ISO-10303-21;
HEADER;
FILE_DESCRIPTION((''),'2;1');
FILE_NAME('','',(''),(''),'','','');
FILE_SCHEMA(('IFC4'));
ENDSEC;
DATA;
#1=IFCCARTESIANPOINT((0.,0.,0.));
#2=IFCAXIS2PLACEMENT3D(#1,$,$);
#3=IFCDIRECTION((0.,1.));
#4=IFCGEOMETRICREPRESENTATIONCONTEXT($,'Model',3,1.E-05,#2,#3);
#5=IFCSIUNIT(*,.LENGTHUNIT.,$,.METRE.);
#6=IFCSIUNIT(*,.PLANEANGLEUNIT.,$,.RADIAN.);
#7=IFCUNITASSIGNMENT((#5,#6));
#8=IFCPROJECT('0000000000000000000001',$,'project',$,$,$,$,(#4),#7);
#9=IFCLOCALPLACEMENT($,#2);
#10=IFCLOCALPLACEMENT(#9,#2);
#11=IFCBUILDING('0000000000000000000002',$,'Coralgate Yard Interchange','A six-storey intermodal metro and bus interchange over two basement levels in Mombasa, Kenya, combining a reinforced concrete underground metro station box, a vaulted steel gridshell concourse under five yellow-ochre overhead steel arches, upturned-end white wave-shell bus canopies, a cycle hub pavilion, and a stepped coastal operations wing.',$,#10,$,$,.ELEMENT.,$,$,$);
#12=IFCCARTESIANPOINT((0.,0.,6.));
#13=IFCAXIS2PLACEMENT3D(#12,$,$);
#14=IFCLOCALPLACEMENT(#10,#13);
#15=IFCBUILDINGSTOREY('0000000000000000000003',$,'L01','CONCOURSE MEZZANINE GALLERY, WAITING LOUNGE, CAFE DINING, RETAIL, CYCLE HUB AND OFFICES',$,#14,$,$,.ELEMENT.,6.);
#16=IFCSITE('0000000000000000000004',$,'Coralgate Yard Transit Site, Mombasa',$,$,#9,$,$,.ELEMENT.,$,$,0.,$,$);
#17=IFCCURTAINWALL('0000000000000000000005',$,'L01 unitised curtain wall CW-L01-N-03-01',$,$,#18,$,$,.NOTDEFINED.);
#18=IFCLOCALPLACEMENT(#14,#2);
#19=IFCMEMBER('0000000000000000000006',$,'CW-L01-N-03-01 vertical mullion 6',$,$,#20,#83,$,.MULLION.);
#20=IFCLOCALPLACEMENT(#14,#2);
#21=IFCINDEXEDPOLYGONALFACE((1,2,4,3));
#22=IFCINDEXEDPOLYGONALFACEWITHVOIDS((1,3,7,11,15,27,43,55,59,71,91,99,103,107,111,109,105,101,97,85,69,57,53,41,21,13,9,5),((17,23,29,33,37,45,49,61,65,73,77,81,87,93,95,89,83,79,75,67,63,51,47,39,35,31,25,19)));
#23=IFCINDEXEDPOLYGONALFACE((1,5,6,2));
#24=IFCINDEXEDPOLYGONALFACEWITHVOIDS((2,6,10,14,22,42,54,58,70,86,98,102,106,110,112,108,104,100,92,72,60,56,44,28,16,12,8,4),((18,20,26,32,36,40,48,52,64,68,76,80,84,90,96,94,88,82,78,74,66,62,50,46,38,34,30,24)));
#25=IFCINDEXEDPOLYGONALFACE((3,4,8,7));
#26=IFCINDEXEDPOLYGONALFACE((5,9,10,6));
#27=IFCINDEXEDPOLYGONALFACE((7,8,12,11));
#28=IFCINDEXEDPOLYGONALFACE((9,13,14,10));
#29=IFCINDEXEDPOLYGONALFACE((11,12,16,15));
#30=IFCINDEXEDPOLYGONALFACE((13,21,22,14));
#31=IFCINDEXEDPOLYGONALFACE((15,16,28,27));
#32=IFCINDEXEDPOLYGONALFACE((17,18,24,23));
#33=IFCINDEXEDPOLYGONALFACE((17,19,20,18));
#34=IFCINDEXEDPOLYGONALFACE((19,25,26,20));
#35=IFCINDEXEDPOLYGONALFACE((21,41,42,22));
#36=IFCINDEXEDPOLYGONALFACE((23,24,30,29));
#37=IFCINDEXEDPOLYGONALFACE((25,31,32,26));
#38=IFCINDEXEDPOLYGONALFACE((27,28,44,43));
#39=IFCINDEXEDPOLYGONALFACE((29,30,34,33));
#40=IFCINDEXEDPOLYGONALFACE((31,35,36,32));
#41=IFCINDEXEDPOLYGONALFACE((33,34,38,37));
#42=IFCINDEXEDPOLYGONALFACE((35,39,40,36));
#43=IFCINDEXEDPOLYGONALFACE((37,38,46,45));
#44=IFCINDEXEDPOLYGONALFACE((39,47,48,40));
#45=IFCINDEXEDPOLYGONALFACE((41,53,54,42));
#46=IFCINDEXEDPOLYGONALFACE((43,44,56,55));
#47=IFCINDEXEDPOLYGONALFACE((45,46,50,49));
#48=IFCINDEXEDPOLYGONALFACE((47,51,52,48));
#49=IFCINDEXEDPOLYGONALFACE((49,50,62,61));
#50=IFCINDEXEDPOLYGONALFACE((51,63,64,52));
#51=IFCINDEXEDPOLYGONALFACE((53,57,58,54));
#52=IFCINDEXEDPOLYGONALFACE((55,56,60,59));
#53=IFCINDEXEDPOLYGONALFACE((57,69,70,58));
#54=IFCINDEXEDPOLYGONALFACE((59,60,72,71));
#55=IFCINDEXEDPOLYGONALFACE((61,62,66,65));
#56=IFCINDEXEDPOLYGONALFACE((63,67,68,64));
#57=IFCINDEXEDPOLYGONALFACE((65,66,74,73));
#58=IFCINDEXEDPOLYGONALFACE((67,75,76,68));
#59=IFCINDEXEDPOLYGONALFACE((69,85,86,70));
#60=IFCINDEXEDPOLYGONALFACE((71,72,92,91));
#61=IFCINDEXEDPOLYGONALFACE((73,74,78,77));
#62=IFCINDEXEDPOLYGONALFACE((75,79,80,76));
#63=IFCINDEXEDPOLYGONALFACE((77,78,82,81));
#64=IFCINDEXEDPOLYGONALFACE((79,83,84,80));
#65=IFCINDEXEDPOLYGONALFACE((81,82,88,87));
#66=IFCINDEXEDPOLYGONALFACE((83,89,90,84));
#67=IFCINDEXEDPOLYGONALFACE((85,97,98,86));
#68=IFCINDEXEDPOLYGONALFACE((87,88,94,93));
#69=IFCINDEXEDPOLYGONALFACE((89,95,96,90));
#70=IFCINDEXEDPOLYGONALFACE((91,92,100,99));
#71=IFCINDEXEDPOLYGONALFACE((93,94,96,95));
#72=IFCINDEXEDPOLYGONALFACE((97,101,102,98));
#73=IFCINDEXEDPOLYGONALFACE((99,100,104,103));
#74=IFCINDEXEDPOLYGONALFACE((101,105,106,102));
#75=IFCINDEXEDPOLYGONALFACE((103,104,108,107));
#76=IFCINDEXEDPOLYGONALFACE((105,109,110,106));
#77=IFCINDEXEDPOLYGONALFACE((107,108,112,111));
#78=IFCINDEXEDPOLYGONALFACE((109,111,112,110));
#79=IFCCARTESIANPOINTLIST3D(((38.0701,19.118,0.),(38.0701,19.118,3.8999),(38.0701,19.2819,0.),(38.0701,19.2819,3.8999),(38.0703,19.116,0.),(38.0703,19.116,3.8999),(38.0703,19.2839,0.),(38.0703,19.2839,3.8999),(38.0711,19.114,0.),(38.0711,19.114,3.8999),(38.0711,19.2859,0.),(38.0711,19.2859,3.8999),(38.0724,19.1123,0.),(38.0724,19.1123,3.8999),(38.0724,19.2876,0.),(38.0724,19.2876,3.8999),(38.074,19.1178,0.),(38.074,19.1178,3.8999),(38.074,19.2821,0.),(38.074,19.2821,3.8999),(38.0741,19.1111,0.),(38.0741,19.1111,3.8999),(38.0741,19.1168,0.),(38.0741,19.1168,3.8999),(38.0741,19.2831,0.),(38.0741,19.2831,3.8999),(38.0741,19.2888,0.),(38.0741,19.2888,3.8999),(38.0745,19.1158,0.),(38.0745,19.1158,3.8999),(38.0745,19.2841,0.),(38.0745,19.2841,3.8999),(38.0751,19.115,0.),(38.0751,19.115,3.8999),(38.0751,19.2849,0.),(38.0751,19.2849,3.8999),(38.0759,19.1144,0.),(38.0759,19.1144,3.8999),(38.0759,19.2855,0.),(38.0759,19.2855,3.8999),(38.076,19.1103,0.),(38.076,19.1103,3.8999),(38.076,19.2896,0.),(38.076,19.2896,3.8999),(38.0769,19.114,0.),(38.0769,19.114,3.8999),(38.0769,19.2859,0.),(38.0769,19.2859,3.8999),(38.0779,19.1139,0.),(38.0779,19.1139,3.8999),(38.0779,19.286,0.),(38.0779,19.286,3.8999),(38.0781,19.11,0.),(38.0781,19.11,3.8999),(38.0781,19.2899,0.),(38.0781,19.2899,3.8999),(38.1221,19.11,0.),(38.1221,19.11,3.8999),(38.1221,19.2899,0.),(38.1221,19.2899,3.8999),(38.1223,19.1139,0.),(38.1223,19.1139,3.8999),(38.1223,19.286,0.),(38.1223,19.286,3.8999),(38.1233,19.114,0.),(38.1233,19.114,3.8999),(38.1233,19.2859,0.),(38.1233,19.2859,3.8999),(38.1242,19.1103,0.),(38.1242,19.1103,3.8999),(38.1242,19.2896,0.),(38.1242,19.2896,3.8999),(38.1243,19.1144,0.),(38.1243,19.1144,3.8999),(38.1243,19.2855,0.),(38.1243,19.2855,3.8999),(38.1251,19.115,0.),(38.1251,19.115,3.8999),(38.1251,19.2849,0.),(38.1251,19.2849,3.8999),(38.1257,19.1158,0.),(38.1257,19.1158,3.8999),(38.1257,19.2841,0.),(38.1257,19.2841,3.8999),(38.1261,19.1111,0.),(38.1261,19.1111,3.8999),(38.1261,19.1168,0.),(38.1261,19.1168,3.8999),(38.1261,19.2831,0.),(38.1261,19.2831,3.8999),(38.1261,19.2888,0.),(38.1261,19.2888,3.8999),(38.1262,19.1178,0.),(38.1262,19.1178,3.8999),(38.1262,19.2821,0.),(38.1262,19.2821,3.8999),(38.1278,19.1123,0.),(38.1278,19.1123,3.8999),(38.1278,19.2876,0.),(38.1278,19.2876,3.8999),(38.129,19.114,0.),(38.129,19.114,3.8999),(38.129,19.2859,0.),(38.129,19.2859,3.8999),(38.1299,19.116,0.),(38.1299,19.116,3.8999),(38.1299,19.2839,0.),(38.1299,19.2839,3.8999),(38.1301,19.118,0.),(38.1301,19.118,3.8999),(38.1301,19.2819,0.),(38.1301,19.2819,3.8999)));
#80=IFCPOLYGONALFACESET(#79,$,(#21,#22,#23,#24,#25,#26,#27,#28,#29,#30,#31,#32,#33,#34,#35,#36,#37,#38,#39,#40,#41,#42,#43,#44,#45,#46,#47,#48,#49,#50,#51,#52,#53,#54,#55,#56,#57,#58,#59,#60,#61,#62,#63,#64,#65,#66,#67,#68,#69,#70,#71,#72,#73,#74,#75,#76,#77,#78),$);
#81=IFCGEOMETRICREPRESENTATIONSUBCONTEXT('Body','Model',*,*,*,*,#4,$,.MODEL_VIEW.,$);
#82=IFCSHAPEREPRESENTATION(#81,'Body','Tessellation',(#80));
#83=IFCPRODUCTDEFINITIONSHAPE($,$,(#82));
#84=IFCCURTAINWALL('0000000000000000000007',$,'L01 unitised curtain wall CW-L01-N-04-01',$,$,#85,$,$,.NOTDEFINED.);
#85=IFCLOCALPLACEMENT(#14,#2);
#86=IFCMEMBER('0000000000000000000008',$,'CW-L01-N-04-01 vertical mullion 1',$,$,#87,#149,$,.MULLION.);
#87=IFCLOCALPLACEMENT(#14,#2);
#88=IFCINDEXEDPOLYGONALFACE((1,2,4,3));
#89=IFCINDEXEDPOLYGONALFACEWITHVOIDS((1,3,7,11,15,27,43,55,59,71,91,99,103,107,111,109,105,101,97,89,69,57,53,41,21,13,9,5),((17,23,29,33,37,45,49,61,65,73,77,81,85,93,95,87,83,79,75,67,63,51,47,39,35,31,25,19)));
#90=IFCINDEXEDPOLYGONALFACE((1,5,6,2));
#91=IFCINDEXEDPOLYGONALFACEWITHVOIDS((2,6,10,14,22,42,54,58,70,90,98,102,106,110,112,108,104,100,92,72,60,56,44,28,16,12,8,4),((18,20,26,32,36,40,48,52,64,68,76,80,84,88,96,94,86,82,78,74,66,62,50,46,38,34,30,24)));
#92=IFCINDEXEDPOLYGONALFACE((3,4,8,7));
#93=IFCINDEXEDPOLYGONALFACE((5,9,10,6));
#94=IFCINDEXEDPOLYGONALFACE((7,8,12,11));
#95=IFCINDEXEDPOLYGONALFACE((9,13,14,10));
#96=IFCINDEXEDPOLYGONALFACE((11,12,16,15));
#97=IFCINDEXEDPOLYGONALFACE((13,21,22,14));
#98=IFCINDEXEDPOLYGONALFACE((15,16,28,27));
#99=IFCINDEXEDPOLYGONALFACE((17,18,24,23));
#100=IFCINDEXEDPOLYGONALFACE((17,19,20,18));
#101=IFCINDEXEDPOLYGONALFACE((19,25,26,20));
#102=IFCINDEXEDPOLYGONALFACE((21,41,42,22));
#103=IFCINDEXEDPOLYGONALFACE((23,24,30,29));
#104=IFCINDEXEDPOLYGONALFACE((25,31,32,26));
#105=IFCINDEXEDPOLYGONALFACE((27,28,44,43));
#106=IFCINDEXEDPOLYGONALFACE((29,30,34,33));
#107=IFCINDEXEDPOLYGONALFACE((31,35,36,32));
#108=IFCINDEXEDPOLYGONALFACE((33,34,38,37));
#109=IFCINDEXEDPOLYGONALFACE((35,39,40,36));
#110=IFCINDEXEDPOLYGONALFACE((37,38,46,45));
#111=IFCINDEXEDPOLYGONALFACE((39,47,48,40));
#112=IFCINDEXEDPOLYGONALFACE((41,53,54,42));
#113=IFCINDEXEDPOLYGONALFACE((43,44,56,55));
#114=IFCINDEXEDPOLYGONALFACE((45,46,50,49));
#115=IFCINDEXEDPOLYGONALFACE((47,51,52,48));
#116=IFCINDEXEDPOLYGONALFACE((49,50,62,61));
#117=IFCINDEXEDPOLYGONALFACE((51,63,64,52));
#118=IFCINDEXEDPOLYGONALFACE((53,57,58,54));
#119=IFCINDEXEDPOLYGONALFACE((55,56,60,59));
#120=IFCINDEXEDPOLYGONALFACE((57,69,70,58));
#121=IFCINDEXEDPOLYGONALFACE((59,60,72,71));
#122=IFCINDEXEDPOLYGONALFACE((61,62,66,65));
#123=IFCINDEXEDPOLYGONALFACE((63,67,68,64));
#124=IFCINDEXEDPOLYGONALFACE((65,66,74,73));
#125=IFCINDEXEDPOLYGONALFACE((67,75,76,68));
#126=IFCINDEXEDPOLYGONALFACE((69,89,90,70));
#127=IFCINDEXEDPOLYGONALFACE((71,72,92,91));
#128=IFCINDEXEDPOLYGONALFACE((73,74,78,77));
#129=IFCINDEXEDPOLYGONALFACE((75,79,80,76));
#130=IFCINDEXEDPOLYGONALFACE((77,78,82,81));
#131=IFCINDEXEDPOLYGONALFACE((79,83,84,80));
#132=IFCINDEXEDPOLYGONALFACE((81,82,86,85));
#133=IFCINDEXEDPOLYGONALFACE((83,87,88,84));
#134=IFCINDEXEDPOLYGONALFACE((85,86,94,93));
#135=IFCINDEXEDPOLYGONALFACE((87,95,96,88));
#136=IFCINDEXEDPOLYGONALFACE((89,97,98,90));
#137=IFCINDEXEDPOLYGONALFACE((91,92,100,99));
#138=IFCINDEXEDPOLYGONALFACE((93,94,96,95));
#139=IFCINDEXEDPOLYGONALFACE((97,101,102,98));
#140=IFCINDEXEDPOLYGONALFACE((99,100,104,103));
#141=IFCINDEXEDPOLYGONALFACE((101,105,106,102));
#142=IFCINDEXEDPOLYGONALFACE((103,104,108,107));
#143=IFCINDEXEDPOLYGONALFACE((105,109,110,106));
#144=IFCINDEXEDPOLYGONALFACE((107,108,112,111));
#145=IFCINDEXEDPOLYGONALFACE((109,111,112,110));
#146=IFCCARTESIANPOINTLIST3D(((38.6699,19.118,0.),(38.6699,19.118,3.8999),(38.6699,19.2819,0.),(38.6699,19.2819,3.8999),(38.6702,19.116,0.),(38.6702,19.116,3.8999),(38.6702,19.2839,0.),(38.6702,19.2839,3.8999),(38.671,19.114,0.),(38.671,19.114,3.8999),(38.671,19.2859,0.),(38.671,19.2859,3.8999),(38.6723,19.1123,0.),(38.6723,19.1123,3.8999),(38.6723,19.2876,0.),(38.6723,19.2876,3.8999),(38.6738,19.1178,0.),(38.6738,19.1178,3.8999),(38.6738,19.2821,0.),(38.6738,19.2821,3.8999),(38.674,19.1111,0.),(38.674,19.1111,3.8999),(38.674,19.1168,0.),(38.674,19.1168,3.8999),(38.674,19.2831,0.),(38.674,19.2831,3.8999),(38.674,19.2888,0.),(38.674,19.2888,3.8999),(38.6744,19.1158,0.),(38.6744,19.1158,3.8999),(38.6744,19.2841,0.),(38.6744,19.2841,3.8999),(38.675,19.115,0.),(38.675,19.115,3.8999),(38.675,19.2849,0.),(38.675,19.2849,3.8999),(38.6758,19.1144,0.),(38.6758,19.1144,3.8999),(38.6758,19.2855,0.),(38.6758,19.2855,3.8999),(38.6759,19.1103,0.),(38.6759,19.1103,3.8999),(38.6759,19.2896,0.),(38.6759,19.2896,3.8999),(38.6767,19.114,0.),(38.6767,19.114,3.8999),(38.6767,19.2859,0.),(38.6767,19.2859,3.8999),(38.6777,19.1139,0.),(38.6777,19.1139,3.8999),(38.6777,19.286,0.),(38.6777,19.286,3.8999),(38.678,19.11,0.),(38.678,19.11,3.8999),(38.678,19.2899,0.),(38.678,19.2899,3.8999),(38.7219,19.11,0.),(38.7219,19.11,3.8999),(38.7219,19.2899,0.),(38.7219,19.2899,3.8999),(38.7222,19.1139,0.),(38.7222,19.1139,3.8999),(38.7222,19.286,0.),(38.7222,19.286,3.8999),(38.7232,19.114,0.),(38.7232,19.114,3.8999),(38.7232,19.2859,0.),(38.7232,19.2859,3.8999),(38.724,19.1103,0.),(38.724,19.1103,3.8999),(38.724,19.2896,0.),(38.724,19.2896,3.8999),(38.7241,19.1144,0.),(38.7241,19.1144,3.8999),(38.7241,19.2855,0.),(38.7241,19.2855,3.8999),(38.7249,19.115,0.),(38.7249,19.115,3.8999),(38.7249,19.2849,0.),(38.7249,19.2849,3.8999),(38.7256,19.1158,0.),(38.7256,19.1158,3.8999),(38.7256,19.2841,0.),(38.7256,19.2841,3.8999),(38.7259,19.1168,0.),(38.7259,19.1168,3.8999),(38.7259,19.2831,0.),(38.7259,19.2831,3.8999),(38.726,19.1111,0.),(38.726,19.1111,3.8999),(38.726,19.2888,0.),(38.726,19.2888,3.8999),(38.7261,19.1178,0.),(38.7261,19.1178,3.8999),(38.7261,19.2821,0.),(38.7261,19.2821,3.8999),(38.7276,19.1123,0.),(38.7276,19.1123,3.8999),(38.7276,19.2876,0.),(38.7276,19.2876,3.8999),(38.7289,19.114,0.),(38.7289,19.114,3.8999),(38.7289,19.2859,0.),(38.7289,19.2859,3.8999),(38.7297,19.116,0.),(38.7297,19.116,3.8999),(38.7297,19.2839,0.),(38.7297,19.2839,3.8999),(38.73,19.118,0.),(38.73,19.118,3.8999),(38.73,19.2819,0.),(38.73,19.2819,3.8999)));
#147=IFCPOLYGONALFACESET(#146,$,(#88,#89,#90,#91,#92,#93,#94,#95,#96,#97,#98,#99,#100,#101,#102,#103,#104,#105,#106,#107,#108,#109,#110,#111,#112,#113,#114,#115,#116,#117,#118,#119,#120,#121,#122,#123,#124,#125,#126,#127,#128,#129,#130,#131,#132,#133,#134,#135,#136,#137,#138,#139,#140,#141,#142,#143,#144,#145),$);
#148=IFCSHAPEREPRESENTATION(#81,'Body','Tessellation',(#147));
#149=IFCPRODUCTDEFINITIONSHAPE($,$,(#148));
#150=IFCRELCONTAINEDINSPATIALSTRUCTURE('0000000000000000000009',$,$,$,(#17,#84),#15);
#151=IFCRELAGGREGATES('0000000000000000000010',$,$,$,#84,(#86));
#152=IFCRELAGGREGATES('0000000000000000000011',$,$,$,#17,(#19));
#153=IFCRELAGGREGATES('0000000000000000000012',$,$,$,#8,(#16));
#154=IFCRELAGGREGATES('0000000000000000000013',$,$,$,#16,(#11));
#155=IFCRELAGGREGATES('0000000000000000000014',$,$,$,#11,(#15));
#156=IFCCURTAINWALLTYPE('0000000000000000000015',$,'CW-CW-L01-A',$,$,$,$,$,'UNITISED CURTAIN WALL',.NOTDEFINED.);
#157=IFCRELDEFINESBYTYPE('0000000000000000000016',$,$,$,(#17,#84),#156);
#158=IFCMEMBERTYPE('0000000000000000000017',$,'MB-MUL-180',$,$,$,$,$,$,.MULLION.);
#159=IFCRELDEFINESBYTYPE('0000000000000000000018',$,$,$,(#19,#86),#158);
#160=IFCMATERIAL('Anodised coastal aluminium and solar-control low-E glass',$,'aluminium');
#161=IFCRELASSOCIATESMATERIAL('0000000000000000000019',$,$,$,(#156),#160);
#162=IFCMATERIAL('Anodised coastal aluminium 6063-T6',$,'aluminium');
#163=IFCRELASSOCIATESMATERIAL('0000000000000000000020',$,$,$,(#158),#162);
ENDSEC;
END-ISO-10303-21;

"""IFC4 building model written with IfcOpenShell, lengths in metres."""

from ifc_helpers import new_model, si_unit, direction, frame, origin, origin_2d, place, context, subcontext, project, spatial, hollow_rectangle, extrude, material, material_profile, profile_set, type_object, element, aggregate, save


model = new_model("IFC4")

# Units and contexts
model_context = context("Model", 3, precision=1e-05, world=origin(), true_north=direction((0.0, 1.0)))
body_context = subcontext(model_context, "Body", "Model", "MODEL_VIEW")
ifc_project = project(units=[si_unit("LENGTHUNIT", "METRE"), si_unit("PLANEANGLEUNIT", "RADIAN")], contexts=[model_context])

# Site, building, storey
site_placement = place(None, origin())
site = spatial("IfcSite", under=ifc_project, at=site_placement, Name="Coralgate Yard Transit Site, Mombasa", CompositionType="ELEMENT", RefElevation=0.0)
building_placement = place(site_placement, origin())
building = spatial("IfcBuilding", under=site, at=building_placement, Name="Coralgate Yard Interchange", Description="A six-storey intermodal metro and bus interchange over two basement levels in Mombasa, Kenya, combining a reinforced concrete underground metro station box, a vaulted steel gridshell concourse under five yellow-ochre overhead steel arches, upturned-end white wave-shell bus canopies, a cycle hub pavilion, and a stepped coastal operations wing.", CompositionType="ELEMENT")
storey_placement = place(building_placement, frame((0.0, 0.0, 6.0)))
storey = spatial("IfcBuildingStorey", under=building, at=storey_placement, Name="L01", Description="CONCOURSE MEZZANINE GALLERY, WAITING LOUNGE, CAFE DINING, RETAIL, CYCLE HUB AND OFFICES", CompositionType="ELEMENT", Elevation=6.0)

# Curtain wall, member
ifc_material_1 = material(Name="Anodised coastal aluminium and solar-control low-E glass", Category="aluminium")
curtain_wall_type = type_object("IfcCurtainWallType", Name="CW-CW-L01-A", ElementType="UNITISED CURTAIN WALL", PredefinedType="NOTDEFINED", material=ifc_material_1)
curtain_wall_1_placement = place(storey_placement, origin())
curtain_wall_1 = element("IfcCurtainWall", 1, at=curtain_wall_1_placement, inside=storey, type_object=curtain_wall_type, Name="L01 unitised curtain wall CW-L01-N-03-01", PredefinedType="NOTDEFINED")
ifc_material_2 = material(Name="Anodised coastal aluminium 6063-T6", Category="aluminium")
ifc_material_profile_1 = material_profile(ifc_material_2, hollow_rectangle(XDim=0.0601, YDim=0.1799, WallThickness=0.0039, InnerFilletRadius=0.0039, OuterFilletRadius=0.0081, at=origin_2d()), Name="ALU 60x180x4")
ifc_profile_set_1 = profile_set([ifc_material_profile_1], Name="Anodised coastal aluminium 6063-T6")
member_type_1 = type_object("IfcMemberType", Name="MB-MUL-180", PredefinedType="MULLION", material=ifc_profile_set_1)
member_1_placement = place(storey_placement, frame((38.1001, 19.2, 0.0), z_axis=(0.0, 0.0, 1.0), x_axis=(1.0, 0.0, 0.0)))
member_1 = element("IfcMember", 2, at=member_1_placement, type_object=member_type_1, Name="CW-L01-N-03-01 vertical mullion 6", PredefinedType="MULLION", context=body_context, shape_type="SweptSolid", body=[
    extrude(hollow_rectangle(XDim=0.0601, YDim=0.1799, WallThickness=0.0039, InnerFilletRadius=0.0039, OuterFilletRadius=0.0081, at=origin_2d()), origin(), (0.0, 0.0, 1.0), 3.8999),
])

# Curtain wall, member
curtain_wall_2_placement = place(storey_placement, origin())
curtain_wall_2 = element("IfcCurtainWall", 3, at=curtain_wall_2_placement, inside=storey, type_object=curtain_wall_type, Name="L01 unitised curtain wall CW-L01-N-04-01", PredefinedType="NOTDEFINED")
member_2_placement = place(storey_placement, frame((38.7, 19.2, 0.0), z_axis=(0.0, 0.0, 1.0), x_axis=(1.0, 0.0, 0.0)))
member_2 = element("IfcMember", 4, at=member_2_placement, type_object=member_type_1, Name="CW-L01-N-04-01 vertical mullion 1", PredefinedType="MULLION", context=body_context, shape_type="SweptSolid", body=[
    extrude(hollow_rectangle(XDim=0.0601, YDim=0.1799, WallThickness=0.0039, InnerFilletRadius=0.0039, OuterFilletRadius=0.0081, at=origin_2d()), origin(), (0.0, 0.0, 1.0), 3.8999),
])

aggregate(curtain_wall_2, [member_2])

aggregate(curtain_wall_1, [member_1])

save(model, "model.ifc")
